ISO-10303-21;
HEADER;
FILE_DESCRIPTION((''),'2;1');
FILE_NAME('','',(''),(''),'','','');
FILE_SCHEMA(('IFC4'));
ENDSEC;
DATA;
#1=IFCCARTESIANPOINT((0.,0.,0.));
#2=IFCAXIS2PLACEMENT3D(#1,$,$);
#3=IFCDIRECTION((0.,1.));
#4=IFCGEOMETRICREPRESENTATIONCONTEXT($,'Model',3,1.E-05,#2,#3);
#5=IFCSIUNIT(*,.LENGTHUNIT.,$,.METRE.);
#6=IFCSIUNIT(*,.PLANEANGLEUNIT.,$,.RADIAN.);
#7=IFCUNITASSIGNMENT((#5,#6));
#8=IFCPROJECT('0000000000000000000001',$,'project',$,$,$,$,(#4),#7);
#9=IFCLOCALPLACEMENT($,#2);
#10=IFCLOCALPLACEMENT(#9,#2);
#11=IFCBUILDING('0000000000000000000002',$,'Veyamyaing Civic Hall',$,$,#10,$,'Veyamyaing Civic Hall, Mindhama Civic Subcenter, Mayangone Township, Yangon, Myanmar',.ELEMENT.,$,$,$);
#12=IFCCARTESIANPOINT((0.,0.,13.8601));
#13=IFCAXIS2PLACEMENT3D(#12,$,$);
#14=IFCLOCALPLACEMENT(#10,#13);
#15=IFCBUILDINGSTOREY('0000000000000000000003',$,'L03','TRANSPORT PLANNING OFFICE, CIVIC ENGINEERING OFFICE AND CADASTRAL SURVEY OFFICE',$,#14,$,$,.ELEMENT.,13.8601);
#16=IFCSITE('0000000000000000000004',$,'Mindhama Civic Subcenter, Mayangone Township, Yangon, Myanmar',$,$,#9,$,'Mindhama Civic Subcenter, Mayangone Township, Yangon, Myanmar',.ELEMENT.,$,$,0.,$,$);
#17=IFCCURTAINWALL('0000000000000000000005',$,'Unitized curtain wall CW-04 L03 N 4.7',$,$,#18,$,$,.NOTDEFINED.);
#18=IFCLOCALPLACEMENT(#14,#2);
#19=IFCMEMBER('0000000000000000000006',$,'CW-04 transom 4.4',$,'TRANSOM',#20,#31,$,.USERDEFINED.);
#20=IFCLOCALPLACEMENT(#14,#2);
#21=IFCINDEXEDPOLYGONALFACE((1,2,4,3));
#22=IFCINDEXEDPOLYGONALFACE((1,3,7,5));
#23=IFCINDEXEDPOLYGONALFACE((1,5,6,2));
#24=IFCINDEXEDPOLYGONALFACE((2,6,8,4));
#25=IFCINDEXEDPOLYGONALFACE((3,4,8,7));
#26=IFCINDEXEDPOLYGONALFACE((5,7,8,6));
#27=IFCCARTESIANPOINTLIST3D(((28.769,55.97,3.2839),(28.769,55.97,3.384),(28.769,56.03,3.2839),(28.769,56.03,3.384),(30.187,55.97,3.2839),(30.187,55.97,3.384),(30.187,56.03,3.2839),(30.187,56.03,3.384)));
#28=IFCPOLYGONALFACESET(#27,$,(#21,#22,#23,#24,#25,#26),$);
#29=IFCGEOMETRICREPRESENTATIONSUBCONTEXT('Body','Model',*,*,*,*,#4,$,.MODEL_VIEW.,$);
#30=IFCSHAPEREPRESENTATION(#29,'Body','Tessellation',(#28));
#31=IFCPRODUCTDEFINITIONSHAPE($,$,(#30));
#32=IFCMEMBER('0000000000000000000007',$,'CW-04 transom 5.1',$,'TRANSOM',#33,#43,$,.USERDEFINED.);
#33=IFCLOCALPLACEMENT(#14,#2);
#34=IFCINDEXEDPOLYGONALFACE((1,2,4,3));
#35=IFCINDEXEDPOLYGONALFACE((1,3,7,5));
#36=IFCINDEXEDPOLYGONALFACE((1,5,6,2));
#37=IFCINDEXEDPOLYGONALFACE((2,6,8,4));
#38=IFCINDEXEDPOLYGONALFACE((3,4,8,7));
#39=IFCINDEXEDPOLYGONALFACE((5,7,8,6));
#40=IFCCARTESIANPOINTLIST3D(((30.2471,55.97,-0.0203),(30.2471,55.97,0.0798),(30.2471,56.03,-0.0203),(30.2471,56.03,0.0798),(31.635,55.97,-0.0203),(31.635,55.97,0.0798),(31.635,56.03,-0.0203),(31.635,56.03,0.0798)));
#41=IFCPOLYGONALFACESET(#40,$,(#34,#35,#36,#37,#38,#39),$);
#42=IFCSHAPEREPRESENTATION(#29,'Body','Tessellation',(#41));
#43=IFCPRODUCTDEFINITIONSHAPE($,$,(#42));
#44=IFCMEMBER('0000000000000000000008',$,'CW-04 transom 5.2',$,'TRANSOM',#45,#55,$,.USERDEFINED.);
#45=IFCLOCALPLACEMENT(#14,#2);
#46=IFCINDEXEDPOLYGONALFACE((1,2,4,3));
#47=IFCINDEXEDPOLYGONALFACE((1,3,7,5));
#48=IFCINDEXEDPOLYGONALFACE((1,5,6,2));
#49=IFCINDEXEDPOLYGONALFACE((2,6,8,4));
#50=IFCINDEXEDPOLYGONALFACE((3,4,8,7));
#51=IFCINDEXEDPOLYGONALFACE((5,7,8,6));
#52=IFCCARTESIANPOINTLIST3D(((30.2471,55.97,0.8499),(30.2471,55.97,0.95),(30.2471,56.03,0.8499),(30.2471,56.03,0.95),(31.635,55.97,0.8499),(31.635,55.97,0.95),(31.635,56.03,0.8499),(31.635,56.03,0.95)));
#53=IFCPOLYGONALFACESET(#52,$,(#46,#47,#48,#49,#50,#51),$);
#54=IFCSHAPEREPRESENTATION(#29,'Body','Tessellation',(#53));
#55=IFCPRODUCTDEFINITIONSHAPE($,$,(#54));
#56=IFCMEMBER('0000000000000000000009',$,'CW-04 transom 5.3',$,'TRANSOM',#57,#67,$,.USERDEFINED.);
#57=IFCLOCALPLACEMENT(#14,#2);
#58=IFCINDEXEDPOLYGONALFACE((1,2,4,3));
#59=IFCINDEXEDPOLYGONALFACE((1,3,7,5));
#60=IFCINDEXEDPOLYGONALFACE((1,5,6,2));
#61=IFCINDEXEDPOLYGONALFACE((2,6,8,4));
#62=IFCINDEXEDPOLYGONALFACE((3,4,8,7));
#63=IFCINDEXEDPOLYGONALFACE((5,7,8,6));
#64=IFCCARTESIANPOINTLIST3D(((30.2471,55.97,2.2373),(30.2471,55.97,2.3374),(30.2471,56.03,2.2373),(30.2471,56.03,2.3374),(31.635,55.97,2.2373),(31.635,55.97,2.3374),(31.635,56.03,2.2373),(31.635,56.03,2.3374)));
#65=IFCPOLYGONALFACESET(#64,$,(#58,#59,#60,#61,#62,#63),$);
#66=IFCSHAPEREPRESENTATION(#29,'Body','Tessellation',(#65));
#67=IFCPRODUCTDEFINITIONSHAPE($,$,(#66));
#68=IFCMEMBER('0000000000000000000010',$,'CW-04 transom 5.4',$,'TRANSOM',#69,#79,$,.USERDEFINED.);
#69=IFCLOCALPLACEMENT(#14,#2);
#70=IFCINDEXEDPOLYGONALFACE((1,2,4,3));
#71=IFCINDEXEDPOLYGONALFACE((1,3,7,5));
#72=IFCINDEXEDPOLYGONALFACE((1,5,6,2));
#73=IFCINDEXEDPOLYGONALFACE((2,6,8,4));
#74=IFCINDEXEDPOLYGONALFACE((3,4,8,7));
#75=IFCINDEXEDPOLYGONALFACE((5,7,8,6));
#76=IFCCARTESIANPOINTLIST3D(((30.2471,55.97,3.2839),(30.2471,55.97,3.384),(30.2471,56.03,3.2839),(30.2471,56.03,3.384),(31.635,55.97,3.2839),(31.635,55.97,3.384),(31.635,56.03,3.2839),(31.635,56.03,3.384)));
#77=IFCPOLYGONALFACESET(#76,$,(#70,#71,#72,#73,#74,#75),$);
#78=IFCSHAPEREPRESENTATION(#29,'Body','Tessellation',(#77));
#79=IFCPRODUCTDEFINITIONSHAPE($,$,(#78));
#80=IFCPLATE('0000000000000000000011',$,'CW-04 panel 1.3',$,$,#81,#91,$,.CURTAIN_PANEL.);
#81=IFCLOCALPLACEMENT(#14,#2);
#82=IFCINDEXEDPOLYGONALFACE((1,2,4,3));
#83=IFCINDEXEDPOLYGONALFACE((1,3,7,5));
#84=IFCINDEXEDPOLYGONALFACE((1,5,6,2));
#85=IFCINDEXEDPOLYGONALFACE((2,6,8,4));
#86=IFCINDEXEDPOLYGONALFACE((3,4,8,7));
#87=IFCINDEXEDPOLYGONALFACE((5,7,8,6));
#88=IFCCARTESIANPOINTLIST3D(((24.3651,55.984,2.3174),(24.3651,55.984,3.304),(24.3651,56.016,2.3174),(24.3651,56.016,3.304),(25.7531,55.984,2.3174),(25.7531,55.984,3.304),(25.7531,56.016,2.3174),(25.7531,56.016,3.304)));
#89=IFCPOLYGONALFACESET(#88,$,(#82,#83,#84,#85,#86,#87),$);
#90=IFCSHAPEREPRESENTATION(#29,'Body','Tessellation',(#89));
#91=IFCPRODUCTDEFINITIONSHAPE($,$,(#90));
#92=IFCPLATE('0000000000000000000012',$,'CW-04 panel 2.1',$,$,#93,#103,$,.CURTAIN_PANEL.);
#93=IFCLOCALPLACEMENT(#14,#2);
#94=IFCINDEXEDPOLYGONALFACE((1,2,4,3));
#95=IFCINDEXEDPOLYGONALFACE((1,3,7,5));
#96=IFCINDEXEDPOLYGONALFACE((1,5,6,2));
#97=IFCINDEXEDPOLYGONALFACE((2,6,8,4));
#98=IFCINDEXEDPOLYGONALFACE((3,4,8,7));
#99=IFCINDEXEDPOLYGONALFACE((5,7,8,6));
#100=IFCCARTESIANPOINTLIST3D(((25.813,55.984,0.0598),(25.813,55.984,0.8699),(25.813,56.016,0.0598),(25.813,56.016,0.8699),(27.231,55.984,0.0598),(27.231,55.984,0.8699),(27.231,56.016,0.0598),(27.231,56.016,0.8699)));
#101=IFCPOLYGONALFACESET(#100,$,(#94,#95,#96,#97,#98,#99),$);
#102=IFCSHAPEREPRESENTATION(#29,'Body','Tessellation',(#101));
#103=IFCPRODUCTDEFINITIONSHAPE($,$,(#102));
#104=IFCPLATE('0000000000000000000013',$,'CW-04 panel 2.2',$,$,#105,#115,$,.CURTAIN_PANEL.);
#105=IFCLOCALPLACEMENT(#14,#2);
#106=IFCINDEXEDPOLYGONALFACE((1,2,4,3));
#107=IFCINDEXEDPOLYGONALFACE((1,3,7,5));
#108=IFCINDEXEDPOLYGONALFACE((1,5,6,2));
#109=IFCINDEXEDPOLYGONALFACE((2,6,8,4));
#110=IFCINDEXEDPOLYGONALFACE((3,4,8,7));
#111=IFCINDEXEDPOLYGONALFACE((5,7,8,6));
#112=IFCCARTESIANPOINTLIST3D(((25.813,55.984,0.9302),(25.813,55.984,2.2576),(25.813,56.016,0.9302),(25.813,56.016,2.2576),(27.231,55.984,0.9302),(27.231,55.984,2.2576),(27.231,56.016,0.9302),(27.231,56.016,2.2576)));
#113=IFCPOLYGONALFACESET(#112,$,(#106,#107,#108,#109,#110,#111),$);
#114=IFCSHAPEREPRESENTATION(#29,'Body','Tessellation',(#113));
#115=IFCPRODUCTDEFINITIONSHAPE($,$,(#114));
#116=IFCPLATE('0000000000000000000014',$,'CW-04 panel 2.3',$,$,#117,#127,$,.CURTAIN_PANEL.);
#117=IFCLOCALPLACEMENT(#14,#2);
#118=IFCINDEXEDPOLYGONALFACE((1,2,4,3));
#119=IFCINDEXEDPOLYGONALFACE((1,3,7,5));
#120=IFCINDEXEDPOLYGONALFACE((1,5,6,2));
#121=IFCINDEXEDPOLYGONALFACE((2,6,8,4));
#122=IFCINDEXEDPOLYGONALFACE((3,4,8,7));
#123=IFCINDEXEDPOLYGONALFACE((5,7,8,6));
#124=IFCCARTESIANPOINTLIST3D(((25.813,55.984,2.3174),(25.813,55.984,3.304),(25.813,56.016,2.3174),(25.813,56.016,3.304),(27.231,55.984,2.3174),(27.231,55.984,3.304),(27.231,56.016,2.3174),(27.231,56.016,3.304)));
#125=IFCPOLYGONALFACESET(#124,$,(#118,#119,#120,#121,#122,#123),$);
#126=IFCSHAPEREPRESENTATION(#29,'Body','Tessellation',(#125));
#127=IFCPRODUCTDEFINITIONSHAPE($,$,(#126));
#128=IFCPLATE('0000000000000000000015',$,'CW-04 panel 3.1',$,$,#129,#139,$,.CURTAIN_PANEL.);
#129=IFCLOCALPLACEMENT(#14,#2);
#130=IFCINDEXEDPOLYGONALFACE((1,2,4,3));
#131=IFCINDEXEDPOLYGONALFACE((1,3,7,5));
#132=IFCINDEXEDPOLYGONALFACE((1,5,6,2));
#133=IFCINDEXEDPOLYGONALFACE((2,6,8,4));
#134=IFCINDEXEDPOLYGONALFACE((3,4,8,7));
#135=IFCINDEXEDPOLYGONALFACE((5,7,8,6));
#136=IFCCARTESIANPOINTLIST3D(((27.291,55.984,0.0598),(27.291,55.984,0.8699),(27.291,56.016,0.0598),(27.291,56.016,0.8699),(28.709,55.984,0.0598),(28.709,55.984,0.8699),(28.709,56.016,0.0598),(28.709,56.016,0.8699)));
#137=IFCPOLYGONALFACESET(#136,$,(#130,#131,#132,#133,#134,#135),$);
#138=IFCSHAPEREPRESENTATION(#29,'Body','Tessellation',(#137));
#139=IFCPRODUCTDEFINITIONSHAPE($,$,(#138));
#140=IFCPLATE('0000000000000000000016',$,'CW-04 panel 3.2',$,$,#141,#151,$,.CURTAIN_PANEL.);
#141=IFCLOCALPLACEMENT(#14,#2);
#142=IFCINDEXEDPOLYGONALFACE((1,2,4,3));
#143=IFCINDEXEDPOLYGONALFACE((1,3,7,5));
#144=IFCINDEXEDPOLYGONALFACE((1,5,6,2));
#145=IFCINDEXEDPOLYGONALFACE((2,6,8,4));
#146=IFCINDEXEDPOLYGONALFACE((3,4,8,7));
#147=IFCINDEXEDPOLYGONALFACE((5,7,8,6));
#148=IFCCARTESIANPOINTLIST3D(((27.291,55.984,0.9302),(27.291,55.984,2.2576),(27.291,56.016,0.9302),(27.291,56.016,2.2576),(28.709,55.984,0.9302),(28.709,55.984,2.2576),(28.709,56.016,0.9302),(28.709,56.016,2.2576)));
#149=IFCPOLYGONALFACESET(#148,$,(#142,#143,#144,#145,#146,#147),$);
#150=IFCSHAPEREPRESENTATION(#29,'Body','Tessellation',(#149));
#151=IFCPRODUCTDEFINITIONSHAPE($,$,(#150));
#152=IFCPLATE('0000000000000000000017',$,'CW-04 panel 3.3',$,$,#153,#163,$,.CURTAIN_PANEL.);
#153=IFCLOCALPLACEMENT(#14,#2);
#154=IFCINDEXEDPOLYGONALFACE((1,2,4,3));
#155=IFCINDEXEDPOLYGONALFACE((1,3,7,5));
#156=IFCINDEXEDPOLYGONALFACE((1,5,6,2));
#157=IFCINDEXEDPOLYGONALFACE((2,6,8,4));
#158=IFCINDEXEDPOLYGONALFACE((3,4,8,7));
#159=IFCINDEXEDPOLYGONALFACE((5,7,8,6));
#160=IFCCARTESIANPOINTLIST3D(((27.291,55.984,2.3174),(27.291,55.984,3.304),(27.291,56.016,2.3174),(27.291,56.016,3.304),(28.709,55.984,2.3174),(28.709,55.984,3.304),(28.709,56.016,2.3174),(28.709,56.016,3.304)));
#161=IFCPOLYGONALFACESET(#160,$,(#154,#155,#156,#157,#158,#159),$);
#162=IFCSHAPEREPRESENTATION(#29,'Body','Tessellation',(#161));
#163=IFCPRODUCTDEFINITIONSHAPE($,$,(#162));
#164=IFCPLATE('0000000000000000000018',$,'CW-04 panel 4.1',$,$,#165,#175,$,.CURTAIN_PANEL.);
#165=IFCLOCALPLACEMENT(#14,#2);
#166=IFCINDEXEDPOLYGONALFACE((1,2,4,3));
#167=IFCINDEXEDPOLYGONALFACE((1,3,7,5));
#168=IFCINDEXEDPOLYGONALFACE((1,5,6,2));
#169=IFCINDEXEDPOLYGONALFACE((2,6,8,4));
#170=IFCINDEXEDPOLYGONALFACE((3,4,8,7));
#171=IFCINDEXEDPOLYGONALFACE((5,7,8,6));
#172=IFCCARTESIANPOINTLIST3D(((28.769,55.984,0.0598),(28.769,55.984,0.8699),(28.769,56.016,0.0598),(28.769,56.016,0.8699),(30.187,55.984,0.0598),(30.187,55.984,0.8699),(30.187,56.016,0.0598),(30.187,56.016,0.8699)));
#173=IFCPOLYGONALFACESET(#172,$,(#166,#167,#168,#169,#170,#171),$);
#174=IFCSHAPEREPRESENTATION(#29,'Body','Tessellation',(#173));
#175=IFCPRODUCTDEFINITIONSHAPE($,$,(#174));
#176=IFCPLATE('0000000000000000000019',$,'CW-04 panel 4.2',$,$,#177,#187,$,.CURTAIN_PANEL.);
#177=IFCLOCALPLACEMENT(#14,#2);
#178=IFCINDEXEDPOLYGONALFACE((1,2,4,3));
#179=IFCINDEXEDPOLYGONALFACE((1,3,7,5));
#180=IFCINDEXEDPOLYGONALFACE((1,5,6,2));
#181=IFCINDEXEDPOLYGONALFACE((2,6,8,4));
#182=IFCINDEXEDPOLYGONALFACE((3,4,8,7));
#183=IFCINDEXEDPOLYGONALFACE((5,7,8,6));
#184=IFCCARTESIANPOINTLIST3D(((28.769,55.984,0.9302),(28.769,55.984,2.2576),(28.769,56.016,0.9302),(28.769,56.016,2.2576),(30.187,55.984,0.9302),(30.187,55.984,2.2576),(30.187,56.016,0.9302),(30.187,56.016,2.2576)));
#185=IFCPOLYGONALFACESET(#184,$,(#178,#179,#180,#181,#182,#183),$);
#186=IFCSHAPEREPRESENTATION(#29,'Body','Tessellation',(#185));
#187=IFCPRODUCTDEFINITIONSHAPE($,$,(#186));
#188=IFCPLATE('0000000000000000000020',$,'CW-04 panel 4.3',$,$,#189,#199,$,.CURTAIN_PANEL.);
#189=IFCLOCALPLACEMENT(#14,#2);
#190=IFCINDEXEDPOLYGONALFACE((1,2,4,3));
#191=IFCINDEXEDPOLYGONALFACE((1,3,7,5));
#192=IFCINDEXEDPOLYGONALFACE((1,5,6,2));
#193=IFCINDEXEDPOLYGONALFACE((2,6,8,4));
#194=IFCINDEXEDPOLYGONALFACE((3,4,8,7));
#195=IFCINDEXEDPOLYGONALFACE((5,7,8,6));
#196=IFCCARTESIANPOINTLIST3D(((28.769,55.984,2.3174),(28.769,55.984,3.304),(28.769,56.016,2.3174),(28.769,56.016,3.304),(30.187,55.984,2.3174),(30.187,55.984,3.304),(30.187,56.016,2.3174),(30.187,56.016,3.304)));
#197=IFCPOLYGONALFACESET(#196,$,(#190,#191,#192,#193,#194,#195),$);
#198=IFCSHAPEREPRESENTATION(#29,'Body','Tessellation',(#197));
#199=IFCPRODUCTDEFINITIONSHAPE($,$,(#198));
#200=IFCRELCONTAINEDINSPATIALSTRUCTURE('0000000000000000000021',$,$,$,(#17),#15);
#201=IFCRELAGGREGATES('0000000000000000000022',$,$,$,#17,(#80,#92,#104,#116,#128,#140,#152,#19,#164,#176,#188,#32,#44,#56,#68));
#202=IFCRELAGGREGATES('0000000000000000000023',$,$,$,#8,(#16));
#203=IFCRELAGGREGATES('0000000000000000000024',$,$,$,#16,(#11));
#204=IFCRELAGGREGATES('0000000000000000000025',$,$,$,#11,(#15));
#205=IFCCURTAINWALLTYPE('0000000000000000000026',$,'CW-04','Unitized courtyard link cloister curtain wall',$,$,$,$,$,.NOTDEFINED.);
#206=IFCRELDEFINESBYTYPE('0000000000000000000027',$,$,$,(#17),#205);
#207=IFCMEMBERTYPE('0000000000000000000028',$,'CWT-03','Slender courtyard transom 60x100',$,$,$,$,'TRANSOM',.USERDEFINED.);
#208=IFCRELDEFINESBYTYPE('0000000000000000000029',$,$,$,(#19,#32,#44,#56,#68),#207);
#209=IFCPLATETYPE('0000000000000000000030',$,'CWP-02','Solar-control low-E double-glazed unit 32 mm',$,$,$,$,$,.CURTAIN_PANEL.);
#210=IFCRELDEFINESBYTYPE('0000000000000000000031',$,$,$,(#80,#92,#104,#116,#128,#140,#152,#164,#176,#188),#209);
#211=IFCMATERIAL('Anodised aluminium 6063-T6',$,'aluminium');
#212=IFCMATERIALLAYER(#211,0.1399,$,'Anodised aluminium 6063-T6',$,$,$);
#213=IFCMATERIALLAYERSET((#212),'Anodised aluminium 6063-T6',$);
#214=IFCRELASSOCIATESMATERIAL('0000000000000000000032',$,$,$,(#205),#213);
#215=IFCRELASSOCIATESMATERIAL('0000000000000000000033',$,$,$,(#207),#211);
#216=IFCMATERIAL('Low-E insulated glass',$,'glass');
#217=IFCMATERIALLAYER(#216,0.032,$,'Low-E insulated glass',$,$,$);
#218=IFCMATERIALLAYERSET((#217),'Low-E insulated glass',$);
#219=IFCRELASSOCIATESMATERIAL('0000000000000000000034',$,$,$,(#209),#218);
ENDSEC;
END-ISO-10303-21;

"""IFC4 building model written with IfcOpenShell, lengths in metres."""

from ifc_helpers import new_model, si_unit, direction, frame, origin, origin_2d, place, context, subcontext, project, spatial, rectangle, extrude, material, layer, layer_set, material_profile, profile_set, type_object, element, aggregate, save


model = new_model("IFC4")

# Units and contexts
model_context = context("Model", 3, precision=1e-05, world=origin(), true_north=direction((0.0, 1.0)))
body_context = subcontext(model_context, "Body", "Model", "MODEL_VIEW")
ifc_project = project(units=[si_unit("LENGTHUNIT", "METRE"), si_unit("PLANEANGLEUNIT", "RADIAN")], contexts=[model_context])

# Site, building, storey
site_placement = place(None, origin())
site = spatial("IfcSite", under=ifc_project, at=site_placement, Name="Mindhama Civic Subcenter, Mayangone Township, Yangon, Myanmar", LongName="Mindhama Civic Subcenter, Mayangone Township, Yangon, Myanmar", CompositionType="ELEMENT", RefElevation=0.0)
building_placement = place(site_placement, origin())
building = spatial("IfcBuilding", under=site, at=building_placement, Name="Veyamyaing Civic Hall", LongName="Veyamyaing Civic Hall, Mindhama Civic Subcenter, Mayangone Township, Yangon, Myanmar", CompositionType="ELEMENT")
storey_placement = place(building_placement, frame((0.0, 0.0, 13.8601)))
storey = spatial("IfcBuildingStorey", under=building, at=storey_placement, Name="L03", Description="TRANSPORT PLANNING OFFICE, CIVIC ENGINEERING OFFICE AND CADASTRAL SURVEY OFFICE", CompositionType="ELEMENT", Elevation=13.8601)

# Curtain wall, members, plates
ifc_material_1 = material(Name="Anodised aluminium 6063-T6", Category="aluminium")
ifc_layer_1 = layer(ifc_material_1, 0.1399, Name="Anodised aluminium 6063-T6")
ifc_layer_set_1 = layer_set([ifc_layer_1], Name="Anodised aluminium 6063-T6")
curtain_wall_type = type_object("IfcCurtainWallType", Name="CW-04", Description="Unitized courtyard link cloister curtain wall", PredefinedType="NOTDEFINED", material=ifc_layer_set_1)
curtain_wall_placement = place(storey_placement, origin())
curtain_wall = element("IfcCurtainWall", 1, at=curtain_wall_placement, inside=storey, type_object=curtain_wall_type, Name="Unitized curtain wall CW-04 L03 N 4.7", PredefinedType="NOTDEFINED")
ifc_material_profile_1 = material_profile(ifc_material_1, rectangle(XDim=0.0601, YDim=0.1001, at=origin_2d()), Name="ALU-TRN-60X100")
ifc_profile_set_1 = profile_set([ifc_material_profile_1], Name="Anodised aluminium 6063-T6")
member_type_1 = type_object("IfcMemberType", Name="CWT-03", Description="Slender courtyard transom 60x100", ElementType="TRANSOM", PredefinedType="USERDEFINED", material=ifc_profile_set_1)
member_1_placement = place(storey_placement, frame((28.769, 56.0, 3.334), z_axis=(1.0, 0.0, 0.0), x_axis=(0.0, 1.0, 0.0)))
member_1 = element("IfcMember", 2, at=member_1_placement, type_object=member_type_1, Name="CW-04 transom 4.4", ObjectType="TRANSOM", PredefinedType="USERDEFINED", context=body_context, shape_type="SweptSolid", body=[
    extrude(rectangle(XDim=0.0601, YDim=0.1001, at=origin_2d()), origin(), (0.0, 0.0, 1.0), 1.418),
])
member_2_placement = place(storey_placement, frame((30.2471, 56.0, 0.0298), z_axis=(1.0, 0.0, 0.0), x_axis=(0.0, 1.0, 0.0)))
member_2 = element("IfcMember", 3, at=member_2_placement, type_object=member_type_1, Name="CW-04 transom 5.1", ObjectType="TRANSOM", PredefinedType="USERDEFINED", context=body_context, shape_type="SweptSolid", body=[
    extrude(rectangle(XDim=0.0601, YDim=0.1001, at=origin_2d()), origin(), (0.0, 0.0, 1.0), 1.3879),
])
member_3_placement = place(storey_placement, frame((30.2471, 56.0, 0.8999), z_axis=(1.0, 0.0, 0.0), x_axis=(0.0, 1.0, 0.0)))
member_3 = element("IfcMember", 4, at=member_3_placement, type_object=member_type_1, Name="CW-04 transom 5.2", ObjectType="TRANSOM", PredefinedType="USERDEFINED", context=body_context, shape_type="SweptSolid", body=[
    extrude(rectangle(XDim=0.0601, YDim=0.1001, at=origin_2d()), origin(), (0.0, 0.0, 1.0), 1.3879),
])
member_4_placement = place(storey_placement, frame((30.2471, 56.0, 2.2874), z_axis=(1.0, 0.0, 0.0), x_axis=(0.0, 1.0, 0.0)))
member_4 = element("IfcMember", 5, at=member_4_placement, type_object=member_type_1, Name="CW-04 transom 5.3", ObjectType="TRANSOM", PredefinedType="USERDEFINED", context=body_context, shape_type="SweptSolid", body=[
    extrude(rectangle(XDim=0.0601, YDim=0.1001, at=origin_2d()), origin(), (0.0, 0.0, 1.0), 1.3879),
])
member_5_placement = place(storey_placement, frame((30.2471, 56.0, 3.334), z_axis=(1.0, 0.0, 0.0), x_axis=(0.0, 1.0, 0.0)))
member_5 = element("IfcMember", 6, at=member_5_placement, type_object=member_type_1, Name="CW-04 transom 5.4", ObjectType="TRANSOM", PredefinedType="USERDEFINED", context=body_context, shape_type="SweptSolid", body=[
    extrude(rectangle(XDim=0.0601, YDim=0.1001, at=origin_2d()), origin(), (0.0, 0.0, 1.0), 1.3879),
])
ifc_material_2 = material(Name="Low-E insulated glass", Category="glass")
ifc_layer_2 = layer(ifc_material_2, 0.032, Name="Low-E insulated glass")
ifc_layer_set_2 = layer_set([ifc_layer_2], Name="Low-E insulated glass")
plate_type = type_object("IfcPlateType", Name="CWP-02", Description="Solar-control low-E double-glazed unit 32 mm", PredefinedType="CURTAIN_PANEL", material=ifc_layer_set_2)
plate_1_placement = place(storey_placement, frame((25.0591, 56.0, 2.3174), z_axis=(0.0, 0.0, 1.0), x_axis=(1.0, 0.0, 0.0)))
plate_1 = element("IfcPlate", 7, at=plate_1_placement, type_object=plate_type, Name="CW-04 panel 1.3", PredefinedType="CURTAIN_PANEL", context=body_context, shape_type="SweptSolid", body=[
    extrude(rectangle(XDim=1.3879, YDim=0.032, at=origin_2d()), origin(), (0.0, 0.0, 1.0), 0.9866),
])
plate_2_placement = place(storey_placement, frame((26.522, 56.0, 0.0598), z_axis=(0.0, 0.0, 1.0), x_axis=(1.0, 0.0, 0.0)))
plate_2 = element("IfcPlate", 8, at=plate_2_placement, type_object=plate_type, Name="CW-04 panel 2.1", PredefinedType="CURTAIN_PANEL", context=body_context, shape_type="SweptSolid", body=[
    extrude(rectangle(XDim=1.418, YDim=0.032, at=origin_2d()), origin(), (0.0, 0.0, 1.0), 0.8101),
])
plate_3_placement = place(storey_placement, frame((26.522, 56.0, 0.9302), z_axis=(0.0, 0.0, 1.0), x_axis=(1.0, 0.0, 0.0)))
plate_3 = element("IfcPlate", 9, at=plate_3_placement, type_object=plate_type, Name="CW-04 panel 2.2", PredefinedType="CURTAIN_PANEL", context=body_context, shape_type="SweptSolid", body=[
    extrude(rectangle(XDim=1.418, YDim=0.032, at=origin_2d()), origin(), (0.0, 0.0, 1.0), 1.3274),
])
plate_4_placement = place(storey_placement, frame((26.522, 56.0, 2.3174), z_axis=(0.0, 0.0, 1.0), x_axis=(1.0, 0.0, 0.0)))
plate_4 = element("IfcPlate", 10, at=plate_4_placement, type_object=plate_type, Name="CW-04 panel 2.3", PredefinedType="CURTAIN_PANEL", context=body_context, shape_type="SweptSolid", body=[
    extrude(rectangle(XDim=1.418, YDim=0.032, at=origin_2d()), origin(), (0.0, 0.0, 1.0), 0.9866),
])
plate_5_placement = place(storey_placement, frame((28.0, 56.0, 0.0598), z_axis=(0.0, 0.0, 1.0), x_axis=(1.0, 0.0, 0.0)))
plate_5 = element("IfcPlate", 11, at=plate_5_placement, type_object=plate_type, Name="CW-04 panel 3.1", PredefinedType="CURTAIN_PANEL", context=body_context, shape_type="SweptSolid", body=[
    extrude(rectangle(XDim=1.418, YDim=0.032, at=origin_2d()), origin(), (0.0, 0.0, 1.0), 0.8101),
])
plate_6_placement = place(storey_placement, frame((28.0, 56.0, 0.9302), z_axis=(0.0, 0.0, 1.0), x_axis=(1.0, 0.0, 0.0)))
plate_6 = element("IfcPlate", 12, at=plate_6_placement, type_object=plate_type, Name="CW-04 panel 3.2", PredefinedType="CURTAIN_PANEL", context=body_context, shape_type="SweptSolid", body=[
    extrude(rectangle(XDim=1.418, YDim=0.032, at=origin_2d()), origin(), (0.0, 0.0, 1.0), 1.3274),
])
plate_7_placement = place(storey_placement, frame((28.0, 56.0, 2.3174), z_axis=(0.0, 0.0, 1.0), x_axis=(1.0, 0.0, 0.0)))
plate_7 = element("IfcPlate", 13, at=plate_7_placement, type_object=plate_type, Name="CW-04 panel 3.3", PredefinedType="CURTAIN_PANEL", context=body_context, shape_type="SweptSolid", body=[
    extrude(rectangle(XDim=1.418, YDim=0.032, at=origin_2d()), origin(), (0.0, 0.0, 1.0), 0.9866),
])
plate_8_placement = place(storey_placement, frame((29.478, 56.0, 0.0598), z_axis=(0.0, 0.0, 1.0), x_axis=(1.0, 0.0, 0.0)))
plate_8 = element("IfcPlate", 14, at=plate_8_placement, type_object=plate_type, Name="CW-04 panel 4.1", PredefinedType="CURTAIN_PANEL", context=body_context, shape_type="SweptSolid", body=[
    extrude(rectangle(XDim=1.418, YDim=0.032, at=origin_2d()), origin(), (0.0, 0.0, 1.0), 0.8101),
])
plate_9_placement = place(storey_placement, frame((29.478, 56.0, 0.9302), z_axis=(0.0, 0.0, 1.0), x_axis=(1.0, 0.0, 0.0)))
plate_9 = element("IfcPlate", 15, at=plate_9_placement, type_object=plate_type, Name="CW-04 panel 4.2", PredefinedType="CURTAIN_PANEL", context=body_context, shape_type="SweptSolid", body=[
    extrude(rectangle(XDim=1.418, YDim=0.032, at=origin_2d()), origin(), (0.0, 0.0, 1.0), 1.3274),
])
plate_10_placement = place(storey_placement, frame((29.478, 56.0, 2.3174), z_axis=(0.0, 0.0, 1.0), x_axis=(1.0, 0.0, 0.0)))
plate_10 = element("IfcPlate", 16, at=plate_10_placement, type_object=plate_type, Name="CW-04 panel 4.3", PredefinedType="CURTAIN_PANEL", context=body_context, shape_type="SweptSolid", body=[
    extrude(rectangle(XDim=1.418, YDim=0.032, at=origin_2d()), origin(), (0.0, 0.0, 1.0), 0.9866),
])
aggregate(curtain_wall, [plate_1, plate_2, plate_3, plate_4, plate_5, plate_6, plate_7, member_1, plate_8, plate_9, plate_10, member_2, member_3, member_4, member_5])

save(model, "model.ifc")
